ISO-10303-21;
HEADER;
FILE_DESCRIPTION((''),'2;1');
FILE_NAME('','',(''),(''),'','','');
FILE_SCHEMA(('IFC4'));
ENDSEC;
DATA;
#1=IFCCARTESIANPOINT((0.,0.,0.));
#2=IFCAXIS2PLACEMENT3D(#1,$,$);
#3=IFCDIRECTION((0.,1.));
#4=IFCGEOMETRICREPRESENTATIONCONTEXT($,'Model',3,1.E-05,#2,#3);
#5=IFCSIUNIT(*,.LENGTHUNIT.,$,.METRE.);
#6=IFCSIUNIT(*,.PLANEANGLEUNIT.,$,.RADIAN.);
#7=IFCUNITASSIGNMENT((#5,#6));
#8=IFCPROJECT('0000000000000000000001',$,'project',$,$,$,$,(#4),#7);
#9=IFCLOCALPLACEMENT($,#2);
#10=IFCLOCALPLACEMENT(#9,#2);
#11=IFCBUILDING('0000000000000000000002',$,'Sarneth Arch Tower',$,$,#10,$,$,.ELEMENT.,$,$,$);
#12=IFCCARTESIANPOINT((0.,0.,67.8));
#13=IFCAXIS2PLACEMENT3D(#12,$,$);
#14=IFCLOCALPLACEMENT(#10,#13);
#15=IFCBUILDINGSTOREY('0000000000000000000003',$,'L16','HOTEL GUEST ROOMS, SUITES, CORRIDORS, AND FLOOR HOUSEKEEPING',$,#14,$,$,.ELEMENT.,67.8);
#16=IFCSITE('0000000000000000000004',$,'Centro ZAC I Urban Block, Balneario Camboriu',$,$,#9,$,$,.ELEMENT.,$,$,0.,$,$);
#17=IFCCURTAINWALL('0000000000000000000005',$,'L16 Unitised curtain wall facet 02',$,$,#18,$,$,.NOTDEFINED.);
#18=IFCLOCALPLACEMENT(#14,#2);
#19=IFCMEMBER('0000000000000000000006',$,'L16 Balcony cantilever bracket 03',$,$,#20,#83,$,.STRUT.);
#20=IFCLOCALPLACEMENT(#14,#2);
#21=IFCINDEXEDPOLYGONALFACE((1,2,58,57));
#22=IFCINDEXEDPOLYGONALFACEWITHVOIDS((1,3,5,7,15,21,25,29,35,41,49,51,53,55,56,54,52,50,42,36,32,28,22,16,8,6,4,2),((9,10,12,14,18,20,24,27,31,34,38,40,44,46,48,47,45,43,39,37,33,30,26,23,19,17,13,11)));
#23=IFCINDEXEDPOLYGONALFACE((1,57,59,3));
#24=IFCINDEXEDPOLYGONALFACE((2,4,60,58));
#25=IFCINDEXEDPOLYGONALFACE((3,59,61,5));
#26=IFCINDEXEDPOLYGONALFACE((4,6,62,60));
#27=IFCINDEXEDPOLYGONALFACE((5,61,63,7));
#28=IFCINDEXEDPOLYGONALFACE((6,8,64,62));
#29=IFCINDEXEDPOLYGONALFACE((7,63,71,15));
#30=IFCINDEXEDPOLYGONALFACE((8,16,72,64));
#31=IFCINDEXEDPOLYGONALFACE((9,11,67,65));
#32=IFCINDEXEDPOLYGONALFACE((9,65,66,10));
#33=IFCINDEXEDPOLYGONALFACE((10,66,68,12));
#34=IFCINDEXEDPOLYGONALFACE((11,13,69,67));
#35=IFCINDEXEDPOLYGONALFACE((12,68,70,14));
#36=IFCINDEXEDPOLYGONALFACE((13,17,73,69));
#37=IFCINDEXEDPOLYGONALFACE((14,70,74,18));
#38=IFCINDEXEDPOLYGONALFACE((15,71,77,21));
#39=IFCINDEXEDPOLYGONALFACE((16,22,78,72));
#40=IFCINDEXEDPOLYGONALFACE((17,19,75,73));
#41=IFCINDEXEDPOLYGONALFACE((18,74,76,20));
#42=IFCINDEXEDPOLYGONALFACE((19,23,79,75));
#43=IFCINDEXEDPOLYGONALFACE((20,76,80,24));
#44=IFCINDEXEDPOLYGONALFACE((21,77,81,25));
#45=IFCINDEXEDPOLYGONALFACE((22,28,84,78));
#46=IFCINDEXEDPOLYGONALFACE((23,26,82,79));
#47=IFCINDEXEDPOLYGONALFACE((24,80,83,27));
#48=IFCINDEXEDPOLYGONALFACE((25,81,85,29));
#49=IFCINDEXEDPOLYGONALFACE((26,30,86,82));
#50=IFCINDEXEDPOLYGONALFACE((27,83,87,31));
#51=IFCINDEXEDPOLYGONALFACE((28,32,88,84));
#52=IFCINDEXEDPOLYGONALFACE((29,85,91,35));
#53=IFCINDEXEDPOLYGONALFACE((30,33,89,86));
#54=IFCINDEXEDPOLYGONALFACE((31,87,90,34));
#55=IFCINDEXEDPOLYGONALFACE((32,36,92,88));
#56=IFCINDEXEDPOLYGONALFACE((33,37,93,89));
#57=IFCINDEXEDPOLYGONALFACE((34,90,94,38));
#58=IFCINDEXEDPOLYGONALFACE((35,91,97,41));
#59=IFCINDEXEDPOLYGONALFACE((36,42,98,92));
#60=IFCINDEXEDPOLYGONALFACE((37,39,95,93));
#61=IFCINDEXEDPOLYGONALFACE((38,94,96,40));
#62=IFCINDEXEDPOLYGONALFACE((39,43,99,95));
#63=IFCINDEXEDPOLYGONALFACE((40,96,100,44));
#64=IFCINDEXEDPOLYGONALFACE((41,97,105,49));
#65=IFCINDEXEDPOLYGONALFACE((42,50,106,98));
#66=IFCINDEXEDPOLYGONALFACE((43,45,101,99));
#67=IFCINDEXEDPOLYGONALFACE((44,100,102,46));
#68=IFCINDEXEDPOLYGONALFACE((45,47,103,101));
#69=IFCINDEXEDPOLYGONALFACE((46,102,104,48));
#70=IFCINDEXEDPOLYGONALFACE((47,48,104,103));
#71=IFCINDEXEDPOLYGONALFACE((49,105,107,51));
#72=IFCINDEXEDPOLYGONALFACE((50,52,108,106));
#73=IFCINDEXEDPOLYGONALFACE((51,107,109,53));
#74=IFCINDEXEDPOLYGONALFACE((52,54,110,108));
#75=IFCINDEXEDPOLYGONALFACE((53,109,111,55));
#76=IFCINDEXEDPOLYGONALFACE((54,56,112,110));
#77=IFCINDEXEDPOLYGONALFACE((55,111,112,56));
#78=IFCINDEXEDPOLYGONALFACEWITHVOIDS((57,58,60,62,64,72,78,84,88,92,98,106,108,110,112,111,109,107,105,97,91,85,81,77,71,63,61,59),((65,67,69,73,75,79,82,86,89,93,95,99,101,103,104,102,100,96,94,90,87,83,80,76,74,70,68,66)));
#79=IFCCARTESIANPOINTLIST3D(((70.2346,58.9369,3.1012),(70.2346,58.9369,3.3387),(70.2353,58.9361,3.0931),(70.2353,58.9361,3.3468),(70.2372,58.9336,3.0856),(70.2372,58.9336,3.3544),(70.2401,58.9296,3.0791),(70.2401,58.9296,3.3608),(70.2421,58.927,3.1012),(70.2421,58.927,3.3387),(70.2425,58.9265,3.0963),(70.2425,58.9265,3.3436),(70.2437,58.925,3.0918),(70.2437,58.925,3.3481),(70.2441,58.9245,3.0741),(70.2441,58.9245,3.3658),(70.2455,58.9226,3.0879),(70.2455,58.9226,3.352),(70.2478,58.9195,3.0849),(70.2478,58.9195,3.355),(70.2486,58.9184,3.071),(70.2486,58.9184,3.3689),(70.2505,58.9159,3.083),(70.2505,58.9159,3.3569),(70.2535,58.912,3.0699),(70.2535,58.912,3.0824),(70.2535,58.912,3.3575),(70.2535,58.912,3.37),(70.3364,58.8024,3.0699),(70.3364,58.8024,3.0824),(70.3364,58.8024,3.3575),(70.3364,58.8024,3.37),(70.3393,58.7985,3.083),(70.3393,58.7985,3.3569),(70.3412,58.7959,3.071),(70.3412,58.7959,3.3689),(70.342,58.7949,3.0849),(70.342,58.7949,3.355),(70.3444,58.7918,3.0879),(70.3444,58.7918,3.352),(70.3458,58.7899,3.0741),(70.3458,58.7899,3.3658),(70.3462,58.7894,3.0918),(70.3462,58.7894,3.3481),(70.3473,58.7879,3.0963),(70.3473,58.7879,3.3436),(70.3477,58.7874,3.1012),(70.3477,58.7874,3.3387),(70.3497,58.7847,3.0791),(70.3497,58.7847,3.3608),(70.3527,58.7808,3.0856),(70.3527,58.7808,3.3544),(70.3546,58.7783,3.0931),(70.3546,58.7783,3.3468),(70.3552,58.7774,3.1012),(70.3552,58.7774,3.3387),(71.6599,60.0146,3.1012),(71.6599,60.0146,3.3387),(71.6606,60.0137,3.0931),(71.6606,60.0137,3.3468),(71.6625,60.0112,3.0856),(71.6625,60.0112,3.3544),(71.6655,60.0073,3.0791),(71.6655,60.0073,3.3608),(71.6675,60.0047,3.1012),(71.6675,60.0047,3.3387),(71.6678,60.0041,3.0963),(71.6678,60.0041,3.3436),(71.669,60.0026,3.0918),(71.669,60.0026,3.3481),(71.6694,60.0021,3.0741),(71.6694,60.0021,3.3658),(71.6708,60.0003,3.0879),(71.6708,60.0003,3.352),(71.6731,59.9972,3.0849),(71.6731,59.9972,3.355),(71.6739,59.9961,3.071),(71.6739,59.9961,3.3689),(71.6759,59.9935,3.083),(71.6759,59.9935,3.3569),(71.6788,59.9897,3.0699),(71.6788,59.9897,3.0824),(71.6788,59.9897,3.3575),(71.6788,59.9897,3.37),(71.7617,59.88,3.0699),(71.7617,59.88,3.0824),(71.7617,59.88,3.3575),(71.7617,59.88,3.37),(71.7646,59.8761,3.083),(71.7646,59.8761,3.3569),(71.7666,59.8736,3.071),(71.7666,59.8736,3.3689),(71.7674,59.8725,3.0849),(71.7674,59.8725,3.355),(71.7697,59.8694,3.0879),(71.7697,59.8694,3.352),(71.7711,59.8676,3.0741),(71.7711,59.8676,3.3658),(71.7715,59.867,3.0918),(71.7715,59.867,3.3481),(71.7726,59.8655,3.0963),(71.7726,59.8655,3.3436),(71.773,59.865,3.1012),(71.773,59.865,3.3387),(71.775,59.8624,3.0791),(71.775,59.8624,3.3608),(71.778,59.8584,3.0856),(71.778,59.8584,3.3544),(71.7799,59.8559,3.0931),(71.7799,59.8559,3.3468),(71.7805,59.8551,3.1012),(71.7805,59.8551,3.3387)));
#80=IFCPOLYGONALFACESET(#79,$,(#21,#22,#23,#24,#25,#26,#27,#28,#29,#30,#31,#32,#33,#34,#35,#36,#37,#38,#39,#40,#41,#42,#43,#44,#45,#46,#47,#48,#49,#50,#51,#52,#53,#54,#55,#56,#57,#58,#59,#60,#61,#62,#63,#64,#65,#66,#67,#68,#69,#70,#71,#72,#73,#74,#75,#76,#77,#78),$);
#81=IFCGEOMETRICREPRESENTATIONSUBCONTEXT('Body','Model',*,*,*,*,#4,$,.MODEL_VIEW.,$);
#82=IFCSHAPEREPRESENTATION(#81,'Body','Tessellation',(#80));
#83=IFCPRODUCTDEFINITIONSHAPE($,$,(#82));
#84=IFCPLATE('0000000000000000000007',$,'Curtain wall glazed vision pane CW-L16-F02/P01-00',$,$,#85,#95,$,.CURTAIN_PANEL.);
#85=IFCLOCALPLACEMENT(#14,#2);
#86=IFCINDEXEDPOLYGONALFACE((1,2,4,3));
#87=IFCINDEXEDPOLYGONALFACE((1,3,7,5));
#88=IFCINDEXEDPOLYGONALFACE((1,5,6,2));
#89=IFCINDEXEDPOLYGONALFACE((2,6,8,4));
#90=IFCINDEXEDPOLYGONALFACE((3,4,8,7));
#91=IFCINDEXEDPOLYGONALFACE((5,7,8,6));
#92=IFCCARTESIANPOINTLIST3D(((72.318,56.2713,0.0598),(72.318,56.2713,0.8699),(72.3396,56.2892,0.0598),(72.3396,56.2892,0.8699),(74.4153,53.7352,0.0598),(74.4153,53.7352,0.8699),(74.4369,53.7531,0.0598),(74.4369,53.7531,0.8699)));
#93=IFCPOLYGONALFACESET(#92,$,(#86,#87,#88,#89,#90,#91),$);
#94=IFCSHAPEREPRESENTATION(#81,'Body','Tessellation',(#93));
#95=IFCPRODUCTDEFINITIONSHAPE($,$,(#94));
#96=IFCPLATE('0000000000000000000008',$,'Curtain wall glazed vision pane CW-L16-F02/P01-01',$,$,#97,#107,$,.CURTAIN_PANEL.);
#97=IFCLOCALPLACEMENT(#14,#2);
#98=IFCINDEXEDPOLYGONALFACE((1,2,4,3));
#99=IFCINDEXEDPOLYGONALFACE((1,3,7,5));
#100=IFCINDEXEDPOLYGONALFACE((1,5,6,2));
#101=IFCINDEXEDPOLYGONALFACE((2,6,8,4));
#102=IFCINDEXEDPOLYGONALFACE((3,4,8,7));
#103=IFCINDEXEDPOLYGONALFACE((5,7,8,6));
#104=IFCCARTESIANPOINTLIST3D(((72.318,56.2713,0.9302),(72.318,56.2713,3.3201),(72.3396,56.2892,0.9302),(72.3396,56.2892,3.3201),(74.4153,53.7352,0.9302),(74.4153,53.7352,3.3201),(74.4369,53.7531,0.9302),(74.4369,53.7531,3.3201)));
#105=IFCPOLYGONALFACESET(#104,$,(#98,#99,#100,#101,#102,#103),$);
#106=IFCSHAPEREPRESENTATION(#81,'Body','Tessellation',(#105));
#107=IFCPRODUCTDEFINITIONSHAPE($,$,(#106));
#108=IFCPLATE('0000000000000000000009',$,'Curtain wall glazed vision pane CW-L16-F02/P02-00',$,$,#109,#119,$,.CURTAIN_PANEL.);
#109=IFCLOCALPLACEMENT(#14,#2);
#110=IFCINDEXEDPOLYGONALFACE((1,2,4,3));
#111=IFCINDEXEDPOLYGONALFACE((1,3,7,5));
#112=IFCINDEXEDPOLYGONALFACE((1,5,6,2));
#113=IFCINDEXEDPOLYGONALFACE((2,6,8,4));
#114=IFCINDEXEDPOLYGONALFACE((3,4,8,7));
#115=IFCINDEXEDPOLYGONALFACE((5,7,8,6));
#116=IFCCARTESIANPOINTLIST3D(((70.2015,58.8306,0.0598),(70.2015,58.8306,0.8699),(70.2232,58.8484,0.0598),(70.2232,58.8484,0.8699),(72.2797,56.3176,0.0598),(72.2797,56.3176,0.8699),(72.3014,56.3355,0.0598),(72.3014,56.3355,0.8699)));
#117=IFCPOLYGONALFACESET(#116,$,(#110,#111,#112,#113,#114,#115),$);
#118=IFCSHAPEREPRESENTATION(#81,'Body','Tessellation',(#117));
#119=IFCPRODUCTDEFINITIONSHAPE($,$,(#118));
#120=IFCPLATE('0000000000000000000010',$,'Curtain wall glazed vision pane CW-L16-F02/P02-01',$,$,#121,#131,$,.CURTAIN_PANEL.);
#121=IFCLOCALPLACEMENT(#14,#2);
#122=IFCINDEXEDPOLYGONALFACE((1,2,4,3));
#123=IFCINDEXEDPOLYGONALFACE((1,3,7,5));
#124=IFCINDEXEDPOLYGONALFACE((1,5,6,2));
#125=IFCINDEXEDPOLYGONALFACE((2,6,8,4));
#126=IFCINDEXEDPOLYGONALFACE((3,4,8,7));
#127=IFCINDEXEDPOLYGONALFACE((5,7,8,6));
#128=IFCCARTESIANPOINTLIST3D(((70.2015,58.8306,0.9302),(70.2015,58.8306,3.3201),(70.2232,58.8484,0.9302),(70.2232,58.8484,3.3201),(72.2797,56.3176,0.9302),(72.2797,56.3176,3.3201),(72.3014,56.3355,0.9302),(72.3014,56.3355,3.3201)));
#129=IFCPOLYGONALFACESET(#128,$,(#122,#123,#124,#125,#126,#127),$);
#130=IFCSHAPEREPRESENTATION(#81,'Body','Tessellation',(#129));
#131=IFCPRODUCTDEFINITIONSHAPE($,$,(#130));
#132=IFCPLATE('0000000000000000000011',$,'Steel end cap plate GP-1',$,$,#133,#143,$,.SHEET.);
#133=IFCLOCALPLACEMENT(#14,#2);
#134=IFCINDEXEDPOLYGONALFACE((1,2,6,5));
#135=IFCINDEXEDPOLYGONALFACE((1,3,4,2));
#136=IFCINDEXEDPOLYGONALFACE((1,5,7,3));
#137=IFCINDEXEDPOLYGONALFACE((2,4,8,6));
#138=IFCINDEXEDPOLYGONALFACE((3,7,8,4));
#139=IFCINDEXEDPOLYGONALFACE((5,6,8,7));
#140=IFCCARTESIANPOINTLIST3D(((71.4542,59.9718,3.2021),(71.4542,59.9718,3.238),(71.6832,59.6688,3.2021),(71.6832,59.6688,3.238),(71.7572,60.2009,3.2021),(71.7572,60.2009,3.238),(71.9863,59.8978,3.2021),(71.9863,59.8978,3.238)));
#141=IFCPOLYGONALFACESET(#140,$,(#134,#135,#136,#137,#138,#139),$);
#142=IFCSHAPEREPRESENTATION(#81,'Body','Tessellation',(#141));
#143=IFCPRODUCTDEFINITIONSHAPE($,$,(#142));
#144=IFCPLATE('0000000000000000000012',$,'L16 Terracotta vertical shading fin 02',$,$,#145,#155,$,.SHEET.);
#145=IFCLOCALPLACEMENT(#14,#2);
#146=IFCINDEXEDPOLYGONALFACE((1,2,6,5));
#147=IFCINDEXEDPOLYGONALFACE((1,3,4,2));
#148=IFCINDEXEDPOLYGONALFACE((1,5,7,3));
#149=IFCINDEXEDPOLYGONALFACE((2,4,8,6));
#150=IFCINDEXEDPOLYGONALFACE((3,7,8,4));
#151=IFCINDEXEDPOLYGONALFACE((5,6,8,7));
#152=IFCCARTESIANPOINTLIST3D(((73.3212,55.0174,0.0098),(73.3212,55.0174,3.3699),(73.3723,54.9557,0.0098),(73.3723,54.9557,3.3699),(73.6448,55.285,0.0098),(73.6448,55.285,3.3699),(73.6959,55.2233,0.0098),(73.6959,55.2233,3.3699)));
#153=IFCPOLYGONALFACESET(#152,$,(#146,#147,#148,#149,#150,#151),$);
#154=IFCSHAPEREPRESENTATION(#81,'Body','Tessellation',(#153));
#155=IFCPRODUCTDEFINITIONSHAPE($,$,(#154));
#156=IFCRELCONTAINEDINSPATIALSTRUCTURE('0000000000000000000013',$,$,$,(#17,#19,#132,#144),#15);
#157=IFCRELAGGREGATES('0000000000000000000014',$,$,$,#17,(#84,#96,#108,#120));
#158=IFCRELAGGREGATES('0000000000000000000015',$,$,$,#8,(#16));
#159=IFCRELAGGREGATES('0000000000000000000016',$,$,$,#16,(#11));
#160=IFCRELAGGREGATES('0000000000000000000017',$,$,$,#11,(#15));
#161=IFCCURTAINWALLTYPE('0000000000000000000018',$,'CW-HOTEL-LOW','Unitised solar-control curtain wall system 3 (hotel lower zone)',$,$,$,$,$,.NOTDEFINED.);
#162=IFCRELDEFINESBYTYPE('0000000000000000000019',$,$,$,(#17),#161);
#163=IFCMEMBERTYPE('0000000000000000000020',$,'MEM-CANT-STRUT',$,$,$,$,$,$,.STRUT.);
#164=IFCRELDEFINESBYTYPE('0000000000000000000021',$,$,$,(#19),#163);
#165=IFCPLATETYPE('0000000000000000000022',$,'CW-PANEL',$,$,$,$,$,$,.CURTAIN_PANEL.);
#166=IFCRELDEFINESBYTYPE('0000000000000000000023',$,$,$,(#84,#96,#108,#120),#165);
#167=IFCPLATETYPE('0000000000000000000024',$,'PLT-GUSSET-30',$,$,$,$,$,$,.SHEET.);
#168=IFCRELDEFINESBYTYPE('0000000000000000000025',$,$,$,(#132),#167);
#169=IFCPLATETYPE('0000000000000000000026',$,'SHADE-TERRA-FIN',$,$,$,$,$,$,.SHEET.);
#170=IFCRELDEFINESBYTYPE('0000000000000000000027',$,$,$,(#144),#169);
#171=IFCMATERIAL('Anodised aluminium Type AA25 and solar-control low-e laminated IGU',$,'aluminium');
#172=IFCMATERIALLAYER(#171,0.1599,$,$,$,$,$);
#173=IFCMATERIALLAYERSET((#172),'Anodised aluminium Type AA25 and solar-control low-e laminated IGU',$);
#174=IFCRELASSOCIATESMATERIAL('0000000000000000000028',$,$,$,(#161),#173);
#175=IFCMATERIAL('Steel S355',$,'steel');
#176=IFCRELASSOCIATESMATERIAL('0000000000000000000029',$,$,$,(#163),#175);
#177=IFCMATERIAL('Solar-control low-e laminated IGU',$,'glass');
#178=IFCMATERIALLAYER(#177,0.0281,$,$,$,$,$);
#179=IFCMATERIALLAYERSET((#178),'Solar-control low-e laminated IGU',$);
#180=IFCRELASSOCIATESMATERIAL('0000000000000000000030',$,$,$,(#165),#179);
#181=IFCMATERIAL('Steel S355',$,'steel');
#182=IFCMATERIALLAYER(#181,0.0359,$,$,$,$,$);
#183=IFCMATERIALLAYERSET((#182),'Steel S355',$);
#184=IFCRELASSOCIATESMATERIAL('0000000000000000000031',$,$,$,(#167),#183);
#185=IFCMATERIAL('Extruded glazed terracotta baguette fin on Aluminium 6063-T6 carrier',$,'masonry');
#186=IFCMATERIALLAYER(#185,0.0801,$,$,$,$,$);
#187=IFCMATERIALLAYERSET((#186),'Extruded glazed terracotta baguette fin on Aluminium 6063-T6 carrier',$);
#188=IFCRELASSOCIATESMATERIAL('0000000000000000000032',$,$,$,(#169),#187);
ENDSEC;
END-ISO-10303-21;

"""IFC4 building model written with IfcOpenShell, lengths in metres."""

from ifc_helpers import new_model, si_unit, direction, frame, origin, origin_2d, place, context, subcontext, project, spatial, rectangle, hollow_rectangle, extrude, material, layer, layer_set, material_profile, profile_set, type_object, element, aggregate, save


model = new_model("IFC4")

# Units and contexts
model_context = context("Model", 3, precision=1e-05, world=origin(), true_north=direction((0.0, 1.0)))
body_context = subcontext(model_context, "Body", "Model", "MODEL_VIEW")
ifc_project = project(units=[si_unit("LENGTHUNIT", "METRE"), si_unit("PLANEANGLEUNIT", "RADIAN")], contexts=[model_context])

# Site, building, storey
site_placement = place(None, origin())
site = spatial("IfcSite", under=ifc_project, at=site_placement, Name="Centro ZAC I Urban Block, Balneario Camboriu", CompositionType="ELEMENT", RefElevation=0.0)
building_placement = place(site_placement, origin())
building = spatial("IfcBuilding", under=site, at=building_placement, Name="Sarneth Arch Tower", CompositionType="ELEMENT")
storey_placement = place(building_placement, frame((0.0, 0.0, 67.8)))
storey = spatial("IfcBuildingStorey", under=building, at=storey_placement, Name="L16", Description="HOTEL GUEST ROOMS, SUITES, CORRIDORS, AND FLOOR HOUSEKEEPING", CompositionType="ELEMENT", Elevation=67.8)

# Curtain wall
ifc_material_1 = material(Name="Anodised aluminium Type AA25 and solar-control low-e laminated IGU", Category="aluminium")
ifc_layer_1 = layer(ifc_material_1, 0.1599)
ifc_layer_set_1 = layer_set([ifc_layer_1], Name="Anodised aluminium Type AA25 and solar-control low-e laminated IGU")
curtain_wall_type = type_object("IfcCurtainWallType", Name="CW-HOTEL-LOW", Description="Unitised solar-control curtain wall system 3 (hotel lower zone)", PredefinedType="NOTDEFINED", material=ifc_layer_set_1)
curtain_wall_placement = place(storey_placement, origin())
curtain_wall = element("IfcCurtainWall", 1, at=curtain_wall_placement, inside=storey, type_object=curtain_wall_type, Name="L16 Unitised curtain wall facet 02", PredefinedType="NOTDEFINED")

# Member
ifc_material_2 = material(Name="Steel S355", Category="steel")
ifc_material_profile_1 = material_profile(ifc_material_2, hollow_rectangle(XDim=0.2, YDim=0.3, WallThickness=0.0125, InnerFilletRadius=0.0188, OuterFilletRadius=0.0312, at=origin_2d()), Name="RHS300x200x12.5")
ifc_profile_set_1 = profile_set([ifc_material_profile_1], Name="Steel S355")
member_type_1 = type_object("IfcMemberType", Name="MEM-CANT-STRUT", PredefinedType="STRUT", material=ifc_profile_set_1)
member_1_placement = place(storey_placement, frame((70.2949, 58.8572, 3.22), z_axis=(0.797666, 0.6031, 0.0), x_axis=(-0.6031, 0.797666, 0.0)))
element("IfcMember", 2, at=member_1_placement, inside=storey, type_object=member_type_1, Name="L16 Balcony cantilever bracket 03", PredefinedType="STRUT", context=body_context, shape_type="SweptSolid", body=[
    extrude(hollow_rectangle(XDim=0.2, YDim=0.3, WallThickness=0.0125, InnerFilletRadius=0.0188, OuterFilletRadius=0.0312, at=origin_2d()), origin(), (0.0, 0.0, 1.0), 1.7869),
])

# Plates
ifc_material_3 = material(Name="Solar-control low-e laminated IGU", Category="glass")
ifc_layer_2 = layer(ifc_material_3, 0.0281)
ifc_layer_set_2 = layer_set([ifc_layer_2], Name="Solar-control low-e laminated IGU")
plate_type_1 = type_object("IfcPlateType", Name="CW-PANEL", PredefinedType="CURTAIN_PANEL", material=ifc_layer_set_2)
plate_1_placement = place(storey_placement, frame((73.3774, 55.0122, 0.0598), z_axis=(0.0, 0.0, 1.0), x_axis=(-0.637291, 0.770623, 0.0)))
plate_1 = element("IfcPlate", 3, at=plate_1_placement, type_object=plate_type_1, Name="Curtain wall glazed vision pane CW-L16-F02/P01-00", PredefinedType="CURTAIN_PANEL", context=body_context, shape_type="SweptSolid", body=[
    extrude(rectangle(XDim=3.291, YDim=0.0281, at=origin_2d()), origin(), (0.0, 0.0, 1.0), 0.8101),
])
plate_2_placement = place(storey_placement, frame((73.3774, 55.0122, 0.9302), z_axis=(0.0, 0.0, 1.0), x_axis=(-0.637291, 0.770623, 0.0)))
plate_2 = element("IfcPlate", 4, at=plate_2_placement, type_object=plate_type_1, Name="Curtain wall glazed vision pane CW-L16-F02/P01-01", PredefinedType="CURTAIN_PANEL", context=body_context, shape_type="SweptSolid", body=[
    extrude(rectangle(XDim=3.291, YDim=0.0281, at=origin_2d()), origin(), (0.0, 0.0, 1.0), 2.3899),
])
plate_3_placement = place(storey_placement, frame((71.2515, 57.583, 0.0598), z_axis=(0.0, 0.0, 1.0), x_axis=(-0.637291, 0.770623, 0.0)))
plate_3 = element("IfcPlate", 5, at=plate_3_placement, type_object=plate_type_1, Name="Curtain wall glazed vision pane CW-L16-F02/P02-00", PredefinedType="CURTAIN_PANEL", context=body_context, shape_type="SweptSolid", body=[
    extrude(rectangle(XDim=3.261, YDim=0.0281, at=origin_2d()), origin(), (0.0, 0.0, 1.0), 0.8101),
])
plate_4_placement = place(storey_placement, frame((71.2515, 57.583, 0.9302), z_axis=(0.0, 0.0, 1.0), x_axis=(-0.637291, 0.770623, 0.0)))
plate_4 = element("IfcPlate", 6, at=plate_4_placement, type_object=plate_type_1, Name="Curtain wall glazed vision pane CW-L16-F02/P02-01", PredefinedType="CURTAIN_PANEL", context=body_context, shape_type="SweptSolid", body=[
    extrude(rectangle(XDim=3.261, YDim=0.0281, at=origin_2d()), origin(), (0.0, 0.0, 1.0), 2.3899),
])
aggregate(curtain_wall, [plate_1, plate_2, plate_3, plate_4])

# Plates
ifc_material_4 = material(Name="Steel S355", Category="steel")
ifc_layer_3 = layer(ifc_material_4, 0.0359)
ifc_layer_set_3 = layer_set([ifc_layer_3], Name="Steel S355")
plate_type_2 = type_object("IfcPlateType", Name="PLT-GUSSET-30", PredefinedType="SHEET", material=ifc_layer_set_3)
plate_5_placement = place(storey_placement, frame((71.7202, 59.9348, 3.2021), z_axis=(0.0, 0.0, 1.0), x_axis=(0.797689, 0.603069, 0.0)))
element("IfcPlate", 7, at=plate_5_placement, inside=storey, type_object=plate_type_2, Name="Steel end cap plate GP-1", PredefinedType="SHEET", context=body_context, shape_type="SweptSolid", body=[
    extrude(rectangle(XDim=0.3799, YDim=0.3799, at=origin_2d()), origin(), (0.0, 0.0, 1.0), 0.0359),
])
ifc_material_5 = material(Name="Extruded glazed terracotta baguette fin on Aluminium 6063-T6 carrier", Category="masonry")
ifc_layer_4 = layer(ifc_material_5, 0.0801)
ifc_layer_set_4 = layer_set([ifc_layer_4], Name="Extruded glazed terracotta baguette fin on Aluminium 6063-T6 carrier")
plate_type_3 = type_object("IfcPlateType", Name="SHADE-TERRA-FIN", PredefinedType="SHEET", material=ifc_layer_set_4)
plate_6_placement = place(storey_placement, frame((73.5085, 55.1204, 0.0098), z_axis=(0.0, 0.0, 1.0), x_axis=(0.770624, 0.63729, 0.0)))
element("IfcPlate", 8, at=plate_6_placement, inside=storey, type_object=plate_type_3, Name="L16 Terracotta vertical shading fin 02", PredefinedType="SHEET", context=body_context, shape_type="SweptSolid", body=[
    extrude(rectangle(XDim=0.4199, YDim=0.0801, at=origin_2d()), origin(), (0.0, 0.0, 1.0), 3.3601),
])

save(model, "model.ifc")
